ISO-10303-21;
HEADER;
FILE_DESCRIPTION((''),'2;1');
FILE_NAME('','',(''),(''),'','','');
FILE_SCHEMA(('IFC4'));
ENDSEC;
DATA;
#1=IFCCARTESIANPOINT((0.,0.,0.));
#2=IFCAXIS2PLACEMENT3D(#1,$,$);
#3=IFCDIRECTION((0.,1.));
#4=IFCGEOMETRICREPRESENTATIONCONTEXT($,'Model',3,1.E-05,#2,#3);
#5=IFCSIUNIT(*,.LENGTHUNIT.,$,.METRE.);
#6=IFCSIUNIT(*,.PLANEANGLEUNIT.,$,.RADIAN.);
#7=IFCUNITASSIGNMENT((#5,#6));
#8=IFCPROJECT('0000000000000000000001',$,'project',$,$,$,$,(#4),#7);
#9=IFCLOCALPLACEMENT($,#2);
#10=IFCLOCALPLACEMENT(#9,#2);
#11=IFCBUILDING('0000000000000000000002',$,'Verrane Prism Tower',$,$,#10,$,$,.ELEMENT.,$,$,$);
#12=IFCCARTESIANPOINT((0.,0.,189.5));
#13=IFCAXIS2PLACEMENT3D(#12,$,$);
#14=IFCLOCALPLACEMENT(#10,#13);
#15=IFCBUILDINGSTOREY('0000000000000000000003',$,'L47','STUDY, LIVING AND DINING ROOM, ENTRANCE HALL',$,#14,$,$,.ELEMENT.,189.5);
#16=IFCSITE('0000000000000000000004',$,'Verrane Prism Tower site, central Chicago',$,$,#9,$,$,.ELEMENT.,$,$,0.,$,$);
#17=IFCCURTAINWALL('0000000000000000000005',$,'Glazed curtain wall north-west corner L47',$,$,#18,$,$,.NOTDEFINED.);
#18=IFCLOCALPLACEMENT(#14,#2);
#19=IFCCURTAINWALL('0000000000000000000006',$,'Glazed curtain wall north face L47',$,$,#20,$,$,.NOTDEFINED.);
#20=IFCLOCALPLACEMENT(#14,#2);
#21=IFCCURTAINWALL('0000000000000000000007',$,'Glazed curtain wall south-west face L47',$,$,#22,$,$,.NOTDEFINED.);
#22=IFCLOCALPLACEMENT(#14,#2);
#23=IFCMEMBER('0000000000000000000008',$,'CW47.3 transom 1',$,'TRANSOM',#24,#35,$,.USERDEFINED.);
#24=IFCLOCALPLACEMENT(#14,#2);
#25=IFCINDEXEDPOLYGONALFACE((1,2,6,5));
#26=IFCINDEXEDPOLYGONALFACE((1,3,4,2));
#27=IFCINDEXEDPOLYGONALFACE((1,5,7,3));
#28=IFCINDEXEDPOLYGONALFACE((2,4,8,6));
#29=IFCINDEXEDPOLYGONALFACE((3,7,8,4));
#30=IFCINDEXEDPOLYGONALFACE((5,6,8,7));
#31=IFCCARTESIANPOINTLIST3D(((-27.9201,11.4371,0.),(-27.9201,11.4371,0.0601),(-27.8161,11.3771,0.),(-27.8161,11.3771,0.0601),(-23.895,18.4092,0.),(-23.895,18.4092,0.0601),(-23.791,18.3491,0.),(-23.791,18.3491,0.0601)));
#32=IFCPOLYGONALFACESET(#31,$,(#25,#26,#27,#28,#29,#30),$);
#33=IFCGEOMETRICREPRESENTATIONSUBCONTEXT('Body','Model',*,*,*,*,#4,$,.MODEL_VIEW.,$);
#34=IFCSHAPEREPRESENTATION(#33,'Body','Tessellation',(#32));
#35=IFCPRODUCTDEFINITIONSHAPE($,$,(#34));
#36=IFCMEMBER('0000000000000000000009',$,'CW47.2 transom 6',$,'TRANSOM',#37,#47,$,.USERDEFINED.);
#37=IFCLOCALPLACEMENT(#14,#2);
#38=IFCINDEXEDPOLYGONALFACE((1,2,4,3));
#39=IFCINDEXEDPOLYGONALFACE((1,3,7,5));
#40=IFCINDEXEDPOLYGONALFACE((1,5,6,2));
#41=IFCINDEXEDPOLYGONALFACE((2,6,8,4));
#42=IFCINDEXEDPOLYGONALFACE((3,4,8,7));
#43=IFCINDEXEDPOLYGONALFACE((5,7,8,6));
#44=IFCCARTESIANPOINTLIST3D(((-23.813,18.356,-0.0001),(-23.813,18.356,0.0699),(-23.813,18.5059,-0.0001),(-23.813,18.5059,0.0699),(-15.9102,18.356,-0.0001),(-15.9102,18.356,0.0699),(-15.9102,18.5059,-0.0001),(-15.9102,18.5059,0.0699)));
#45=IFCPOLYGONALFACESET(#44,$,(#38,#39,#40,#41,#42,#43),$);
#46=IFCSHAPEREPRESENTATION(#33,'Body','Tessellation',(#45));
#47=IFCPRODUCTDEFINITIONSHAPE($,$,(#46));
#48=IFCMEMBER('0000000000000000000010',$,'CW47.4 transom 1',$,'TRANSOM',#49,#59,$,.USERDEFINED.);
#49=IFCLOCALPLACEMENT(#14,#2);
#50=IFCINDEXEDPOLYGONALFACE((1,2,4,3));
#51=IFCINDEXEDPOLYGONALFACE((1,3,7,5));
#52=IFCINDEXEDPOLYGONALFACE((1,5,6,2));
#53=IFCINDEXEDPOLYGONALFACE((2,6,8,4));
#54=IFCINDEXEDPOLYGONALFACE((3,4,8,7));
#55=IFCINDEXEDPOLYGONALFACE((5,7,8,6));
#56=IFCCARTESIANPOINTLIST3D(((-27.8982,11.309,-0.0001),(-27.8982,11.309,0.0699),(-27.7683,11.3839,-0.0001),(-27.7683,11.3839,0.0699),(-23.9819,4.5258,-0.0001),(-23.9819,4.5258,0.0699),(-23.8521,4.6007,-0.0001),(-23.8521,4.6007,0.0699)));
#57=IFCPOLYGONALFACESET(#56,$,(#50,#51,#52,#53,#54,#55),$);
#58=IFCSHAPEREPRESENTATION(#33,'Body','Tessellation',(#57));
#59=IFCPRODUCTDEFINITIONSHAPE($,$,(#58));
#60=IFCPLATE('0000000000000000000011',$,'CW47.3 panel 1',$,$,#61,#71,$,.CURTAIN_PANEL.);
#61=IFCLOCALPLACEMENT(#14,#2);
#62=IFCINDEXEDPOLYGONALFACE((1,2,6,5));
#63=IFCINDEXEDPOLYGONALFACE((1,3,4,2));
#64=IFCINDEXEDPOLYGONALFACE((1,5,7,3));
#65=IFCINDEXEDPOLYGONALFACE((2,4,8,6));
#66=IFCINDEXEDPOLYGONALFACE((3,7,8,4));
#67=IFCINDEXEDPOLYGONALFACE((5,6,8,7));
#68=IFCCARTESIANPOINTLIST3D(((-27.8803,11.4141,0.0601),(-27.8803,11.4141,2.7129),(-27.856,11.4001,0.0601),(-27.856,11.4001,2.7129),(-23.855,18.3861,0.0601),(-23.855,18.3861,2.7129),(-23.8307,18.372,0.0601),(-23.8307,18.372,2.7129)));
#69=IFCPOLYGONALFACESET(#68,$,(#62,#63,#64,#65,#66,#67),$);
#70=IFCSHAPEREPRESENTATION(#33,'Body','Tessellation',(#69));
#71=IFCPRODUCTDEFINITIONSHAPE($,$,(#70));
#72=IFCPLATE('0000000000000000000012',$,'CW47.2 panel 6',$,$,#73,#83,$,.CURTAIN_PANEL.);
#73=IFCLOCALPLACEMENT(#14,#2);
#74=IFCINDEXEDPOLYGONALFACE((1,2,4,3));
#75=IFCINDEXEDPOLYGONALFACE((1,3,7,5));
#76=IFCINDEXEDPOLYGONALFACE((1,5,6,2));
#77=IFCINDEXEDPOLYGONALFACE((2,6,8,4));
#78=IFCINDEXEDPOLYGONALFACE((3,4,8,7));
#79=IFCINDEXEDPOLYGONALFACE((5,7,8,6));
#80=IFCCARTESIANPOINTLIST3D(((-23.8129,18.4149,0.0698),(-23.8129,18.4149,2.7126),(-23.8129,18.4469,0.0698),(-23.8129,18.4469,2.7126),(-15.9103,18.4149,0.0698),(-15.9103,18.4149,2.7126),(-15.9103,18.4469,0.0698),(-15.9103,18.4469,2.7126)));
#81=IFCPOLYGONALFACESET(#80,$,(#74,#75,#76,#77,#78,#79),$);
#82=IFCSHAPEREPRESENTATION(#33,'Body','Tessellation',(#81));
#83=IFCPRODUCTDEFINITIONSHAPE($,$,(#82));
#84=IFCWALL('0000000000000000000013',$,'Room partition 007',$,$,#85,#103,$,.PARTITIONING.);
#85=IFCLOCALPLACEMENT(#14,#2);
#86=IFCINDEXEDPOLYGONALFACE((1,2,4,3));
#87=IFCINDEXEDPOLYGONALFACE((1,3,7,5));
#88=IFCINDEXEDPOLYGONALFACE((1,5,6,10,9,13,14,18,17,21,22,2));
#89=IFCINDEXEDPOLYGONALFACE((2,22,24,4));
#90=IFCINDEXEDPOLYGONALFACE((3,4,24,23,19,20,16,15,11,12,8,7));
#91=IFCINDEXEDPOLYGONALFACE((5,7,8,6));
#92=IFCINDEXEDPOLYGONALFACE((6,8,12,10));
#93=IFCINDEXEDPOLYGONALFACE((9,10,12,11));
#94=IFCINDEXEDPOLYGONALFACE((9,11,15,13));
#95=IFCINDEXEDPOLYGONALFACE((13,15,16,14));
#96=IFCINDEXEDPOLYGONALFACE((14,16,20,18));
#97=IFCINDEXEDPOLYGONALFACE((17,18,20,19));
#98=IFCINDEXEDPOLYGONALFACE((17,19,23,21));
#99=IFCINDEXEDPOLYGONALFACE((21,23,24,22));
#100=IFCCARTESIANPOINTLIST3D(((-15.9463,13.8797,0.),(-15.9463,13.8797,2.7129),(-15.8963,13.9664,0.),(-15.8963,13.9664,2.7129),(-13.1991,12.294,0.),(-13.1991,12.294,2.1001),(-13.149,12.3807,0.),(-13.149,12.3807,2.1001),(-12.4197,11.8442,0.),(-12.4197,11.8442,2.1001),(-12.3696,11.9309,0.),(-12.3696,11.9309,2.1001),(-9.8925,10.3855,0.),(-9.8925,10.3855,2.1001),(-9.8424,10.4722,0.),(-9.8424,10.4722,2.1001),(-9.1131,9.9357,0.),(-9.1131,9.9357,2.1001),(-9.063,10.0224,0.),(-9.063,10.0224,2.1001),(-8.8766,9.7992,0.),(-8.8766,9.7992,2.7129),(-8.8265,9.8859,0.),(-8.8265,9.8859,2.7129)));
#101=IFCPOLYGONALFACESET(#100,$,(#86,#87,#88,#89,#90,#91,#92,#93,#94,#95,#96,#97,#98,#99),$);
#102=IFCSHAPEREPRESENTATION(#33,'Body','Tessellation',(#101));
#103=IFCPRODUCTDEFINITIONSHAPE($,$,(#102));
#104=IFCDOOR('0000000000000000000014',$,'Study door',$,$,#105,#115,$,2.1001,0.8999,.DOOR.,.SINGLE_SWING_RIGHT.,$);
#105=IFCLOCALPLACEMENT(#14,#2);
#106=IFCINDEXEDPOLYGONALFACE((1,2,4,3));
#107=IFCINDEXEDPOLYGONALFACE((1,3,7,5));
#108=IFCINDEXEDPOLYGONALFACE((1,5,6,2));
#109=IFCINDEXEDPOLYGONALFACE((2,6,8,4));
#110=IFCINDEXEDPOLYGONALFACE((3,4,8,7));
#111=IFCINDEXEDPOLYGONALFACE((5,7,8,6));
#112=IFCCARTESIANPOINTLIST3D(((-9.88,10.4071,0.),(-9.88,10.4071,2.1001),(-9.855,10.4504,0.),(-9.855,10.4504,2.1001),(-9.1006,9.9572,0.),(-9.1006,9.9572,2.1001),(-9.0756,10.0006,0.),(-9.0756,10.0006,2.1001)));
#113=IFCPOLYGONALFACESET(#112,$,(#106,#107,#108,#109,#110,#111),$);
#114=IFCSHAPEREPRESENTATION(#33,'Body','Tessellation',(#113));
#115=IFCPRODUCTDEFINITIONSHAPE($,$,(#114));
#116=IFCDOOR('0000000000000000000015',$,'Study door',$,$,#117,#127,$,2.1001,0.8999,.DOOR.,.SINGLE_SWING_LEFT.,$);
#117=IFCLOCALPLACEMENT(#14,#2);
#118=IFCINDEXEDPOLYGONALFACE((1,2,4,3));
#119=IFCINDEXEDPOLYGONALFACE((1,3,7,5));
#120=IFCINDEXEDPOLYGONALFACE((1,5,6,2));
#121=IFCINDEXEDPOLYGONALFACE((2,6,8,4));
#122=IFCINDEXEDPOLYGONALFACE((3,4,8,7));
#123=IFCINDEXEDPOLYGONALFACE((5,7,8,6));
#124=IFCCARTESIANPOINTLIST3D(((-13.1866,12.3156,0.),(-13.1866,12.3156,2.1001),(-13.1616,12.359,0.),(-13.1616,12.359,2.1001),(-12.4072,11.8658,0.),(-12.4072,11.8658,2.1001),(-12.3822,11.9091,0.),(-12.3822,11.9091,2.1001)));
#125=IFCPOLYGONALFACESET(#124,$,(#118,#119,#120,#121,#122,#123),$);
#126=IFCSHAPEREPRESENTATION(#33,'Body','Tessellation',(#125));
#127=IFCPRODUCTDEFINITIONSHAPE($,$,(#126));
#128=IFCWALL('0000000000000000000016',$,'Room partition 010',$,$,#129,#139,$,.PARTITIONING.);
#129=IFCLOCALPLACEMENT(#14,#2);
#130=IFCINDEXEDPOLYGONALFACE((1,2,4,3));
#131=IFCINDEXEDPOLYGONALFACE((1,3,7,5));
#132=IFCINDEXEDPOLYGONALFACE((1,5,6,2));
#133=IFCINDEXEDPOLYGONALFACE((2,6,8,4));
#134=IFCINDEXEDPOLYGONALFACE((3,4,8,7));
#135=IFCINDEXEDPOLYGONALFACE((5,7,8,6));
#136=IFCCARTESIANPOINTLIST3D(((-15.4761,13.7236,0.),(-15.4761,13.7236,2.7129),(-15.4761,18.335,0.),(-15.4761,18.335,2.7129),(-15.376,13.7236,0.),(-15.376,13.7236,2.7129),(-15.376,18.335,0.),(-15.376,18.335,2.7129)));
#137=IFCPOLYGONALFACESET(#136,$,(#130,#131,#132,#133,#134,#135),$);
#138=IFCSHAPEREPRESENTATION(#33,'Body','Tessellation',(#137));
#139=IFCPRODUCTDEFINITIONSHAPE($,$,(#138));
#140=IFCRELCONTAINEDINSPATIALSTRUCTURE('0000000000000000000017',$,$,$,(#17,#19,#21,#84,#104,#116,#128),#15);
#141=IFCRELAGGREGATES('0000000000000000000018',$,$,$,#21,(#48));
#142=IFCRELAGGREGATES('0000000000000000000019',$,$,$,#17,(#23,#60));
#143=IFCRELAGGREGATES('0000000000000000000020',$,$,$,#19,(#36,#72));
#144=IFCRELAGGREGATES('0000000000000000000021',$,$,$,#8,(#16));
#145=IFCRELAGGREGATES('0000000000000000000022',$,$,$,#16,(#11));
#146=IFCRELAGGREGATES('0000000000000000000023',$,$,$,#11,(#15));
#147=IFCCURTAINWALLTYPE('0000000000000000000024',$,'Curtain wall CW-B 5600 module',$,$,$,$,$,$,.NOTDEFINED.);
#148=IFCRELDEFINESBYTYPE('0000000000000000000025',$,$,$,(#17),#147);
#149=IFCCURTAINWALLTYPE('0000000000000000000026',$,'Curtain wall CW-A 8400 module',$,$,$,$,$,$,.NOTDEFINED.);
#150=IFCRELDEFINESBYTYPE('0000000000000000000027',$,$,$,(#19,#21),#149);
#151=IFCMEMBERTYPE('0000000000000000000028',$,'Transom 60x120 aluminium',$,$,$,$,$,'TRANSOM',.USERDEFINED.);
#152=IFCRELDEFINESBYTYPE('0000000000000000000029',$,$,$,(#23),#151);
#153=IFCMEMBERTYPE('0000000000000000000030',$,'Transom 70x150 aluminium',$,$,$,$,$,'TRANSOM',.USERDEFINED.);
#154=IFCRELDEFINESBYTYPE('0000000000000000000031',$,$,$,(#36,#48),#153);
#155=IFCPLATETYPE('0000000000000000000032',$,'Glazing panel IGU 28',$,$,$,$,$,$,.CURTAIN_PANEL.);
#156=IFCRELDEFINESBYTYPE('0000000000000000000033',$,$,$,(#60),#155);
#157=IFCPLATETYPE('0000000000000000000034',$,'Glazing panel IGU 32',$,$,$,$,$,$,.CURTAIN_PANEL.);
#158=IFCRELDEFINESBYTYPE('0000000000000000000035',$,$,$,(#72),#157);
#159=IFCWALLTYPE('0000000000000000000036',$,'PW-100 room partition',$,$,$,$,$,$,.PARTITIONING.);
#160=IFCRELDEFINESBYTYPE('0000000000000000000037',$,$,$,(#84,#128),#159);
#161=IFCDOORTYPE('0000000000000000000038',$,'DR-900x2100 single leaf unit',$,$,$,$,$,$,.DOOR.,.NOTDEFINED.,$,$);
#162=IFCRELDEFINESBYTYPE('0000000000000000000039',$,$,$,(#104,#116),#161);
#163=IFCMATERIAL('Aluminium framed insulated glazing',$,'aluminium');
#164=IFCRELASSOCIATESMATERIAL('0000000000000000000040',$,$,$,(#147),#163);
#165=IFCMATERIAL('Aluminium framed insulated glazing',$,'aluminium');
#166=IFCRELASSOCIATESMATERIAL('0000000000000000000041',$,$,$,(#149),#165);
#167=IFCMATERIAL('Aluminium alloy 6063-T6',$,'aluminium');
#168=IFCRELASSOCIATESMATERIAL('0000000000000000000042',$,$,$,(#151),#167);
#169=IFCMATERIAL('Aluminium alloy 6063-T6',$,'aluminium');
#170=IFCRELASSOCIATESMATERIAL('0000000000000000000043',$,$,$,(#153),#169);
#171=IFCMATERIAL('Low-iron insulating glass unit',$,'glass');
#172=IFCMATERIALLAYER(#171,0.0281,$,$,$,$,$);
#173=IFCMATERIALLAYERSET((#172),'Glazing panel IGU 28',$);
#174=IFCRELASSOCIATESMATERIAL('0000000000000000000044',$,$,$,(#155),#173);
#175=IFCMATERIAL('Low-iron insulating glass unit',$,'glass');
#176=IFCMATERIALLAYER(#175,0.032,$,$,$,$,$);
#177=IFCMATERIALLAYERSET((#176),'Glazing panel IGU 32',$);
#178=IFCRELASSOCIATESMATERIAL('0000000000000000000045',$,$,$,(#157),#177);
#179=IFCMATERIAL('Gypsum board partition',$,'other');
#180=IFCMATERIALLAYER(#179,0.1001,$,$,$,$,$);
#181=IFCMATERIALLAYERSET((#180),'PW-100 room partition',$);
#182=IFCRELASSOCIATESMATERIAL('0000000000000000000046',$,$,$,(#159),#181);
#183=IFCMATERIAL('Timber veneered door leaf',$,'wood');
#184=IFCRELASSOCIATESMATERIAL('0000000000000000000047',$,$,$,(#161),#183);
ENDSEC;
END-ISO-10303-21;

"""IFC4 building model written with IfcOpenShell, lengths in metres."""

from ifc_helpers import new_model, si_unit, direction, frame, frame_2d, origin, origin_2d, place, context, subcontext, project, spatial, rectangle, extrude, material, layer, layer_set, material_profile, profile_set, type_object, element, fill, aggregate, save


model = new_model("IFC4")

# Units and contexts
model_context = context("Model", 3, precision=1e-05, world=origin(), true_north=direction((0.0, 1.0)))
body_context = subcontext(model_context, "Body", "Model", "MODEL_VIEW")
ifc_project = project(units=[si_unit("LENGTHUNIT", "METRE"), si_unit("PLANEANGLEUNIT", "RADIAN")], contexts=[model_context])

# Site, building, storey
site_placement = place(None, origin())
site = spatial("IfcSite", under=ifc_project, at=site_placement, Name="Verrane Prism Tower site, central Chicago", CompositionType="ELEMENT", RefElevation=0.0)
building_placement = place(site_placement, origin())
building = spatial("IfcBuilding", under=site, at=building_placement, Name="Verrane Prism Tower", CompositionType="ELEMENT")
storey_placement = place(building_placement, frame((0.0, 0.0, 189.5)))
storey = spatial("IfcBuildingStorey", under=building, at=storey_placement, Name="L47", Description="STUDY, LIVING AND DINING ROOM, ENTRANCE HALL", CompositionType="ELEMENT", Elevation=189.5)

# Curtain walls
ifc_material_1 = material(Name="Aluminium framed insulated glazing", Category="aluminium")
curtain_wall_type_1 = type_object("IfcCurtainWallType", Name="Curtain wall CW-B 5600 module", PredefinedType="NOTDEFINED", material=ifc_material_1)
curtain_wall_1_placement = place(storey_placement, origin())
curtain_wall_1 = element("IfcCurtainWall", 1, at=curtain_wall_1_placement, inside=storey, type_object=curtain_wall_type_1, Name="Glazed curtain wall north-west corner L47", PredefinedType="NOTDEFINED")
ifc_material_2 = material(Name="Aluminium framed insulated glazing", Category="aluminium")
curtain_wall_type_2 = type_object("IfcCurtainWallType", Name="Curtain wall CW-A 8400 module", PredefinedType="NOTDEFINED", material=ifc_material_2)
curtain_wall_2_placement = place(storey_placement, origin())
curtain_wall_2 = element("IfcCurtainWall", 2, at=curtain_wall_2_placement, inside=storey, type_object=curtain_wall_type_2, Name="Glazed curtain wall north face L47", PredefinedType="NOTDEFINED")
curtain_wall_3_placement = place(storey_placement, origin())
curtain_wall_3 = element("IfcCurtainWall", 3, at=curtain_wall_3_placement, inside=storey, type_object=curtain_wall_type_2, Name="Glazed curtain wall south-west face L47", PredefinedType="NOTDEFINED")

# Members
ifc_material_3 = material(Name="Aluminium alloy 6063-T6", Category="aluminium")
ifc_material_profile_1 = material_profile(ifc_material_3, rectangle(XDim=0.1201, YDim=0.0601, at=origin_2d()), Name="Transom 60x120 aluminium")
ifc_profile_set_1 = profile_set([ifc_material_profile_1], Name="Aluminium alloy 6063-T6")
member_type_1 = type_object("IfcMemberType", Name="Transom 60x120 aluminium", ElementType="TRANSOM", PredefinedType="USERDEFINED", material=ifc_profile_set_1)
member_1_placement = place(storey_placement, frame((-23.843, 18.3792, 0.03), z_axis=(-0.499978, -0.866038, 0.0), x_axis=(0.866038, -0.499978, 0.0)))
member_1 = element("IfcMember", 4, at=member_1_placement, type_object=member_type_1, Name="CW47.3 transom 1", ObjectType="TRANSOM", PredefinedType="USERDEFINED", context=body_context, shape_type="SweptSolid", body=[
    extrude(rectangle(XDim=0.1201, YDim=0.0601, at=origin_2d()), origin(), (0.0, 0.0, 1.0), 8.0505),
])
ifc_material_4 = material(Name="Aluminium alloy 6063-T6", Category="aluminium")
ifc_material_profile_2 = material_profile(ifc_material_4, rectangle(XDim=0.1499, YDim=0.0701, at=origin_2d()), Name="Transom 70x150 aluminium")
ifc_profile_set_2 = profile_set([ifc_material_profile_2], Name="Aluminium alloy 6063-T6")
member_type_2 = type_object("IfcMemberType", Name="Transom 70x150 aluminium", ElementType="TRANSOM", PredefinedType="USERDEFINED", material=ifc_profile_set_2)
member_2_placement = place(storey_placement, frame((-15.9102, 18.4309, 0.0349), z_axis=(-1.0, 0.0, 0.0), x_axis=(0.0, -1.0, 0.0)))
member_2 = element("IfcMember", 5, at=member_2_placement, type_object=member_type_2, Name="CW47.2 transom 6", ObjectType="TRANSOM", PredefinedType="USERDEFINED", context=body_context, shape_type="SweptSolid", body=[
    extrude(rectangle(XDim=0.1499, YDim=0.0701, at=origin_2d()), origin(), (0.0, 0.0, 1.0), 7.9028),
])
member_3_placement = place(storey_placement, frame((-27.8333, 11.3464, 0.0349), z_axis=(0.499998, -0.866027, 0.0), x_axis=(0.866027, 0.499998, 0.0)))
member_3 = element("IfcMember", 6, at=member_3_placement, type_object=member_type_2, Name="CW47.4 transom 1", ObjectType="TRANSOM", PredefinedType="USERDEFINED", context=body_context, shape_type="SweptSolid", body=[
    extrude(rectangle(XDim=0.1499, YDim=0.0701, at=origin_2d()), origin(), (0.0, 0.0, 1.0), 7.8325),
])
aggregate(curtain_wall_3, [member_3])

# Plates
ifc_material_5 = material(Name="Low-iron insulating glass unit", Category="glass")
ifc_layer_1 = layer(ifc_material_5, 0.0281)
ifc_layer_set_1 = layer_set([ifc_layer_1], Name="Glazing panel IGU 28")
plate_type_1 = type_object("IfcPlateType", Name="Glazing panel IGU 28", PredefinedType="CURTAIN_PANEL", material=ifc_layer_set_1)
plate_1_placement = place(storey_placement, frame((-25.8555, 14.8931, 0.0601), z_axis=(0.0, 0.0, 1.0), x_axis=(-0.500005, -0.866023, 0.0)))
plate_1 = element("IfcPlate", 7, at=plate_1_placement, type_object=plate_type_1, Name="CW47.3 panel 1", PredefinedType="CURTAIN_PANEL", context=body_context, shape_type="SweptSolid", body=[
    extrude(rectangle(XDim=8.0505, YDim=0.0281, at=origin_2d()), origin(), (0.0, 0.0, 1.0), 2.6528),
])
aggregate(curtain_wall_1, [member_1, plate_1])
ifc_material_6 = material(Name="Low-iron insulating glass unit", Category="glass")
ifc_layer_2 = layer(ifc_material_6, 0.032)
ifc_layer_set_2 = layer_set([ifc_layer_2], Name="Glazing panel IGU 32")
plate_type_2 = type_object("IfcPlateType", Name="Glazing panel IGU 32", PredefinedType="CURTAIN_PANEL", material=ifc_layer_set_2)
plate_2_placement = place(storey_placement, frame((-19.8616, 18.4309, 0.0698), z_axis=(0.0, 0.0, 1.0), x_axis=(-1.0, 0.0, 0.0)))
plate_2 = element("IfcPlate", 8, at=plate_2_placement, type_object=plate_type_2, Name="CW47.2 panel 6", PredefinedType="CURTAIN_PANEL", context=body_context, shape_type="SweptSolid", body=[
    extrude(rectangle(XDim=7.9026, YDim=0.032, at=origin_2d()), origin(), (0.0, 0.0, 1.0), 2.6428),
])
aggregate(curtain_wall_2, [member_2, plate_2])

# Wall, openings, doors
ifc_material_7 = material(Name="Gypsum board partition", Category="other")
ifc_layer_3 = layer(ifc_material_7, 0.1001)
ifc_layer_set_3 = layer_set([ifc_layer_3], Name="PW-100 room partition")
wall_type = type_object("IfcWallType", Name="PW-100 room partition", PredefinedType="PARTITIONING", material=ifc_layer_set_3)
wall_1_placement = place(storey_placement, frame((-15.9214, 13.9231, 0.0), z_axis=(0.0, 0.0, 1.0), x_axis=(0.866089, -0.49989, 0.0)))
wall_1 = element("IfcWall", 9, at=wall_1_placement, inside=storey, type_object=wall_type, Name="Room partition 007", PredefinedType="PARTITIONING", context=body_context, shape_type="SweptSolid", body=[
    extrude(rectangle(XDim=8.1628, YDim=0.1001, at=frame_2d((4.0815, 0.0))), origin(), (0.0, 0.0, 1.0), 2.7129),
])
opening_1_placement = place(wall_1_placement, frame((6.99, 0.0, 0.0)))
opening_1 = element("IfcOpeningElement", 10, at=opening_1_placement, cuts=wall_1, PredefinedType="OPENING", context=body_context, shape_type="SweptSolid", body=[
    extrude(rectangle(XDim=0.8999, YDim=2.1001, at=frame_2d((0.45, 1.05))), frame((0.0, 0.0601, 0.0), z_axis=(0.0, -1.0, 0.0), x_axis=(1.0, 0.0, 0.0)), (0.0, 0.0, 1.0), 0.1201),
])
opening_2_placement = place(wall_1_placement, frame((3.1721, 0.0, 0.0)))
opening_2 = element("IfcOpeningElement", 11, at=opening_2_placement, cuts=wall_1, PredefinedType="OPENING", context=body_context, shape_type="SweptSolid", body=[
    extrude(rectangle(XDim=0.8999, YDim=2.1001, at=frame_2d((0.45, 1.05))), frame((0.0, 0.0601, 0.0), z_axis=(0.0, -1.0, 0.0), x_axis=(1.0, 0.0, 0.0)), (0.0, 0.0, 1.0), 0.1201),
])
ifc_material_8 = material(Name="Timber veneered door leaf", Category="wood")
door_type = type_object("IfcDoorType", Name="DR-900x2100 single leaf unit", OperationType="NOTDEFINED", PredefinedType="DOOR", material=ifc_material_8)
door_1_placement = place(opening_1_placement, origin())
door_1 = element("IfcDoor", 12, at=door_1_placement, inside=storey, type_object=door_type, Name="Study door", OperationType="SINGLE_SWING_RIGHT", OverallHeight=2.1001, OverallWidth=0.8999, PredefinedType="DOOR", context=body_context, shape_type="SweptSolid", body=[
    extrude(rectangle(XDim=0.8999, YDim=2.1001, at=frame_2d((0.45, 1.05))), frame((0.0, 0.0249, 0.0), z_axis=(0.0, -1.0, 0.0), x_axis=(1.0, 0.0, 0.0)), (0.0, 0.0, 1.0), 0.05),
])
fill(opening_1, door_1)
door_2_placement = place(opening_2_placement, origin())
door_2 = element("IfcDoor", 13, at=door_2_placement, inside=storey, type_object=door_type, Name="Study door", OperationType="SINGLE_SWING_LEFT", OverallHeight=2.1001, OverallWidth=0.8999, PredefinedType="DOOR", context=body_context, shape_type="SweptSolid", body=[
    extrude(rectangle(XDim=0.8999, YDim=2.1001, at=frame_2d((0.45, 1.05))), frame((0.0, 0.0249, 0.0), z_axis=(0.0, -1.0, 0.0), x_axis=(1.0, 0.0, 0.0)), (0.0, 0.0, 1.0), 0.05),
])
fill(opening_2, door_2)

# Wall
wall_2_placement = place(storey_placement, frame((-15.426, 13.7236, 0.0), z_axis=(0.0, 0.0, 1.0), x_axis=(0.0, 1.0, 0.0)))
element("IfcWall", 14, at=wall_2_placement, inside=storey, type_object=wall_type, Name="Room partition 010", PredefinedType="PARTITIONING", context=body_context, shape_type="SweptSolid", body=[
    extrude(rectangle(XDim=4.6113, YDim=0.1001, at=frame_2d((2.3057, 0.0))), origin(), (0.0, 0.0, 1.0), 2.7129),
])

save(model, "model.ifc")
